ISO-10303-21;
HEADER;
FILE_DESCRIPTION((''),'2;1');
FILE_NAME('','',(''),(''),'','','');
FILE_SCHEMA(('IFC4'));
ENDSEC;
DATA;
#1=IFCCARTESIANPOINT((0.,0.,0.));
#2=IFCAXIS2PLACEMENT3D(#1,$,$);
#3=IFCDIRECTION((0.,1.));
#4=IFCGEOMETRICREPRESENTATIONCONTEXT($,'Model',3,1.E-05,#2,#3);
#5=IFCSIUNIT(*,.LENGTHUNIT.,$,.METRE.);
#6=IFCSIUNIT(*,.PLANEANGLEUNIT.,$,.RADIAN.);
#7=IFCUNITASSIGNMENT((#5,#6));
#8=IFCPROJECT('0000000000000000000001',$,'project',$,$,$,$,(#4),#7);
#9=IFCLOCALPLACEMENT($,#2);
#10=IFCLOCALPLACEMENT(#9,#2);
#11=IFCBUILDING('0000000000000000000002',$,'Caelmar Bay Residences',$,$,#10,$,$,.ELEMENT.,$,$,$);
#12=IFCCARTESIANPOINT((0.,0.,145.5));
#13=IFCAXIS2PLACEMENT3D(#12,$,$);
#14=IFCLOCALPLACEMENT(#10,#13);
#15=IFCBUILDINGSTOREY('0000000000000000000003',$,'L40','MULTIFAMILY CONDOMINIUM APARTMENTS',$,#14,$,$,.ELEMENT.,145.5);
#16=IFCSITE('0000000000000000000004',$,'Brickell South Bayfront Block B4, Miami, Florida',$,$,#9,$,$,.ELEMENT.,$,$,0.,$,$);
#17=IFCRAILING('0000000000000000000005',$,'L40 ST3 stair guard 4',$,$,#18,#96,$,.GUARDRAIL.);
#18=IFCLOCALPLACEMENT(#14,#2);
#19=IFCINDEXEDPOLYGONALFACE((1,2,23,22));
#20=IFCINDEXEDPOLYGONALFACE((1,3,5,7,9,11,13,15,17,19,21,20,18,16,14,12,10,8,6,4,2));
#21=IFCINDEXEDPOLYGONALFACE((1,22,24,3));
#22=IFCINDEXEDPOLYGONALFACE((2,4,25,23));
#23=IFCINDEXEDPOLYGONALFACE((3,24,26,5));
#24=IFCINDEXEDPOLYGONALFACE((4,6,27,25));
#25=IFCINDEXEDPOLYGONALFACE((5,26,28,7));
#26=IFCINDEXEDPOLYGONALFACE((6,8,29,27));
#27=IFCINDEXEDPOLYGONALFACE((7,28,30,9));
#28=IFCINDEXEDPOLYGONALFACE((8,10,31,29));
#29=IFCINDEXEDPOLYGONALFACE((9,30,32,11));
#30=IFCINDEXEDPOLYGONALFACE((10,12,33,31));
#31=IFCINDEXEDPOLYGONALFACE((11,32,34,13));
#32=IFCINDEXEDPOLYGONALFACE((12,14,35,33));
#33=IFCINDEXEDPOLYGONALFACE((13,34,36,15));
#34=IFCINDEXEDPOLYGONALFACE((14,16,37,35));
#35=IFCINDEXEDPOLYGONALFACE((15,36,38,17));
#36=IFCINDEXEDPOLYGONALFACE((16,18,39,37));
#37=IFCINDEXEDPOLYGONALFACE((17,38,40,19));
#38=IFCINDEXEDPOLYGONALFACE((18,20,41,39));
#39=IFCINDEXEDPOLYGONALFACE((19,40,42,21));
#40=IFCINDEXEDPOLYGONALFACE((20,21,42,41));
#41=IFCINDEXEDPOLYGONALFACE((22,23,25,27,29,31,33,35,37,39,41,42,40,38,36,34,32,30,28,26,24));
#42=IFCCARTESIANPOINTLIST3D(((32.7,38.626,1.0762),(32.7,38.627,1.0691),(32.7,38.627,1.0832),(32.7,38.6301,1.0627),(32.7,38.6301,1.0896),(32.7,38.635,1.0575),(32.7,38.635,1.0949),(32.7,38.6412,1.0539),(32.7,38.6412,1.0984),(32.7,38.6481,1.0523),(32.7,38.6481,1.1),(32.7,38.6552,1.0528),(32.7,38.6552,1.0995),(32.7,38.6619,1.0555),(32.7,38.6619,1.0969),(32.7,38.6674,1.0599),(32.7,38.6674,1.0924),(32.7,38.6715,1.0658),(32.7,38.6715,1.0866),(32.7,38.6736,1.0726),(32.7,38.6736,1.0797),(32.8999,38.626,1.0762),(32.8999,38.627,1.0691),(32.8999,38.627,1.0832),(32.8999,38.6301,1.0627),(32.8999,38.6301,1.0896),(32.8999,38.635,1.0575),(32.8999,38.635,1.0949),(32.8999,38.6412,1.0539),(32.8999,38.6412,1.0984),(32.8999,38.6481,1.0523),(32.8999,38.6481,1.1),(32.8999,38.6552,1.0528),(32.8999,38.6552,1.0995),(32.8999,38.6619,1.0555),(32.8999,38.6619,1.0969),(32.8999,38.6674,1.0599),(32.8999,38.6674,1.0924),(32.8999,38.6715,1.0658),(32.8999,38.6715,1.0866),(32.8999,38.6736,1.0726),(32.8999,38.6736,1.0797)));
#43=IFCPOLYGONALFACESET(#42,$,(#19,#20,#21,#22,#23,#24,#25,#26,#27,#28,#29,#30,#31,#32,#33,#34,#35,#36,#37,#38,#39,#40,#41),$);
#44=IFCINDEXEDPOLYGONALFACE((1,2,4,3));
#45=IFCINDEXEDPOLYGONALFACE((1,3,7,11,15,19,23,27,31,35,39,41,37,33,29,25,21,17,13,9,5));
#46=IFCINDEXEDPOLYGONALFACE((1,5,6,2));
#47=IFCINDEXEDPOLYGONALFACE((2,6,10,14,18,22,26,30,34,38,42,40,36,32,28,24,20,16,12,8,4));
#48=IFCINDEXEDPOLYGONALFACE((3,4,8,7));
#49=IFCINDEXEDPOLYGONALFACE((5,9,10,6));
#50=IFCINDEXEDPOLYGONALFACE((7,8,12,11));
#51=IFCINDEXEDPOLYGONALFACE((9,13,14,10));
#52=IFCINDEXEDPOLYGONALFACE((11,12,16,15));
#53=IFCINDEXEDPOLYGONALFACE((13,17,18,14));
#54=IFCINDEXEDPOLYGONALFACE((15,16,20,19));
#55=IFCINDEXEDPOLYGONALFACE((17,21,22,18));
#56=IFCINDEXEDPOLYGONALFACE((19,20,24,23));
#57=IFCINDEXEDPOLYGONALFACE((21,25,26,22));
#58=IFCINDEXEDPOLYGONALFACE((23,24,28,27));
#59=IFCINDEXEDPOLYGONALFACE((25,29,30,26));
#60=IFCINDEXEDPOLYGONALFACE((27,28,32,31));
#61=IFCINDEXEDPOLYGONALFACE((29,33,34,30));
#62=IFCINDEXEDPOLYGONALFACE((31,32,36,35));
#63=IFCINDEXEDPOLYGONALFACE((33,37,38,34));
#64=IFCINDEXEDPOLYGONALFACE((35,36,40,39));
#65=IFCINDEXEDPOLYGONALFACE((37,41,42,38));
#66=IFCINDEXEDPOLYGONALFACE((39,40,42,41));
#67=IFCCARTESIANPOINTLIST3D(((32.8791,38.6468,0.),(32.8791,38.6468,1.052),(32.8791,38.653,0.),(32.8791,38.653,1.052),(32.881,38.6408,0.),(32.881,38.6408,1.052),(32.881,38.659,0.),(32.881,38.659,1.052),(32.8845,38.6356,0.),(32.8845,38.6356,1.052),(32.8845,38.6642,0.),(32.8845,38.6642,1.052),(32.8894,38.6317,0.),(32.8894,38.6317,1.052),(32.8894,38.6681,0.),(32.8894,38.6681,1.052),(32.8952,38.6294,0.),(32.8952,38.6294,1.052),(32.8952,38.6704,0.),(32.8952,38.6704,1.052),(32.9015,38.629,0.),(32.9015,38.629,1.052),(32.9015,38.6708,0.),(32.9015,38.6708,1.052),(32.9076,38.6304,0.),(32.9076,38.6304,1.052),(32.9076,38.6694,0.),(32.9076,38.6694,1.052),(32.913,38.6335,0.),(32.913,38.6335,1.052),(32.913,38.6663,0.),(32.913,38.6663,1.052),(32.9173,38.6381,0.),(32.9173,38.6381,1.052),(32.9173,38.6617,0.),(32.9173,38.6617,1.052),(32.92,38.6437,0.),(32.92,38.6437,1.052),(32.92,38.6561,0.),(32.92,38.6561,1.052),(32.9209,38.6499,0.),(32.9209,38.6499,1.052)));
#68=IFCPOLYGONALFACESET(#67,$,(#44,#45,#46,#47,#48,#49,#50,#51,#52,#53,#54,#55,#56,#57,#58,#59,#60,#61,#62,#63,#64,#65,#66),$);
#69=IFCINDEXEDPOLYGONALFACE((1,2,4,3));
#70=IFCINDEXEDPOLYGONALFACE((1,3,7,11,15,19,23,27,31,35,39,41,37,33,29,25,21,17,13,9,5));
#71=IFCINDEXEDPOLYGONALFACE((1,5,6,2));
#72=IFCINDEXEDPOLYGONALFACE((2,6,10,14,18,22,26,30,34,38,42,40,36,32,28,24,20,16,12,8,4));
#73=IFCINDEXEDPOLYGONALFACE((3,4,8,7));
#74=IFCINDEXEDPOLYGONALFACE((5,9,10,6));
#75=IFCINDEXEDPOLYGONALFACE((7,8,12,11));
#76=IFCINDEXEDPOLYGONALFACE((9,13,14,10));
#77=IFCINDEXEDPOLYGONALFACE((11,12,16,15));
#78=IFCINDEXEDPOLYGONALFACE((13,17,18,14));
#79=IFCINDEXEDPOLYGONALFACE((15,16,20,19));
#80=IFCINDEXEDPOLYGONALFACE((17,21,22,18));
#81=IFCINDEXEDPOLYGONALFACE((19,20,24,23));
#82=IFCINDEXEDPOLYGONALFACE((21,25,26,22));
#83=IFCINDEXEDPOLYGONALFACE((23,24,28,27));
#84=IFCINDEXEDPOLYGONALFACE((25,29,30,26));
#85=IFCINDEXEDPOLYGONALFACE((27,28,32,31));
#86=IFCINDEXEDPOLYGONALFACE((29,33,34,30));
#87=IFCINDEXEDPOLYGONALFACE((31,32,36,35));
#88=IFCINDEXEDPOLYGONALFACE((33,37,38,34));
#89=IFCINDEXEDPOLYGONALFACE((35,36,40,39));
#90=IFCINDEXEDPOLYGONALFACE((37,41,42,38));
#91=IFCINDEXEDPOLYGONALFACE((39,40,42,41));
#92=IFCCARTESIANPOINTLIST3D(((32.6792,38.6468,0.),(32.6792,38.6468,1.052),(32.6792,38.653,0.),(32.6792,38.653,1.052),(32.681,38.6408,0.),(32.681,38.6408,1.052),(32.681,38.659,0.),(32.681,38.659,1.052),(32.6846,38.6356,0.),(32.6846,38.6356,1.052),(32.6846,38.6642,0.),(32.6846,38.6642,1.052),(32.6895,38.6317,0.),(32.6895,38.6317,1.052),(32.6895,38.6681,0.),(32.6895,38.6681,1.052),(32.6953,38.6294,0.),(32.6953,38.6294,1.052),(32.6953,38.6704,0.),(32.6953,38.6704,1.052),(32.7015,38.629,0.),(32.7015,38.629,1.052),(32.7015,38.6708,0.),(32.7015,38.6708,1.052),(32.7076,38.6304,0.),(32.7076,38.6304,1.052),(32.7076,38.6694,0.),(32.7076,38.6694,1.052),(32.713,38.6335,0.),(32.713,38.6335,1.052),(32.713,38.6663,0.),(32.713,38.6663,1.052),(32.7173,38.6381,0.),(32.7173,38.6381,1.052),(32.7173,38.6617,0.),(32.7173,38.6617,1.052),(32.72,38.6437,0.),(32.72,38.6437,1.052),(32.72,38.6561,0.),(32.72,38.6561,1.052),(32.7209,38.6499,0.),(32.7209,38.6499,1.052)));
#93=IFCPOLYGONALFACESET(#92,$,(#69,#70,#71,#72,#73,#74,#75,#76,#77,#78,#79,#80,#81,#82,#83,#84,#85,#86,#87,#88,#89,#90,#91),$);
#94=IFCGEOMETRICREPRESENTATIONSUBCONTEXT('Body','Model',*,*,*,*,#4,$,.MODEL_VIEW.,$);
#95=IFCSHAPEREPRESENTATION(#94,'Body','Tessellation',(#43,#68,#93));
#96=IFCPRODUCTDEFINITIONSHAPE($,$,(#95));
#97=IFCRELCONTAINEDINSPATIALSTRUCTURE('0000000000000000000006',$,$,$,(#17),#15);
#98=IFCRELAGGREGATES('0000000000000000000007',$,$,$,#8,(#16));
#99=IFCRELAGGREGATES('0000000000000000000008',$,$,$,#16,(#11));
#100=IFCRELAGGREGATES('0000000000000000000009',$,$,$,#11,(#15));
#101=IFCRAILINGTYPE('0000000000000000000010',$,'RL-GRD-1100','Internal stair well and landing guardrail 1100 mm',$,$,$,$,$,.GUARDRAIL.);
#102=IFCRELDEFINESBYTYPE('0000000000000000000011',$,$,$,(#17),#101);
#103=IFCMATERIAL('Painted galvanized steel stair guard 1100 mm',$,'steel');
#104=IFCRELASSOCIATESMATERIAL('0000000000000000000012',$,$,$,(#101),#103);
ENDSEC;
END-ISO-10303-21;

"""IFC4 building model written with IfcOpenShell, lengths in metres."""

from ifc_helpers import new_model, si_unit, direction, frame, origin, origin_2d, place, context, subcontext, project, spatial, circle, extrude, material, type_object, element, save


model = new_model("IFC4")

# Units and contexts
model_context = context("Model", 3, precision=1e-05, world=origin(), true_north=direction((0.0, 1.0)))
body_context = subcontext(model_context, "Body", "Model", "MODEL_VIEW")
ifc_project = project(units=[si_unit("LENGTHUNIT", "METRE"), si_unit("PLANEANGLEUNIT", "RADIAN")], contexts=[model_context])

# Site, building, storey
site_placement = place(None, origin())
site = spatial("IfcSite", under=ifc_project, at=site_placement, Name="Brickell South Bayfront Block B4, Miami, Florida", CompositionType="ELEMENT", RefElevation=0.0)
building_placement = place(site_placement, origin())
building = spatial("IfcBuilding", under=site, at=building_placement, Name="Caelmar Bay Residences", CompositionType="ELEMENT")
storey_placement = place(building_placement, frame((0.0, 0.0, 145.5)))
storey = spatial("IfcBuildingStorey", under=building, at=storey_placement, Name="L40", Description="MULTIFAMILY CONDOMINIUM APARTMENTS", CompositionType="ELEMENT", Elevation=145.5)

# Railing
ifc_material_1 = material(Name="Painted galvanized steel stair guard 1100 mm", Category="steel")
railing_type_1 = type_object("IfcRailingType", Name="RL-GRD-1100", Description="Internal stair well and landing guardrail 1100 mm", PredefinedType="GUARDRAIL", material=ifc_material_1)
railing_1_placement = place(storey_placement, frame((32.8999, 38.6499, 0.0)))
element("IfcRailing", 1, at=railing_1_placement, inside=storey, type_object=railing_type_1, Name="L40 ST3 stair guard 4", PredefinedType="GUARDRAIL", context=body_context, shape_type="SweptSolid", body=[
    extrude(circle(Radius=0.0239, at=origin_2d()), frame((0.0, 0.0, 1.0762), z_axis=(-1.0, 0.0, 0.0), x_axis=(0.0, -1.0, 0.0)), (0.0, 0.0, 1.0), 0.2),
    extrude(circle(Radius=0.021, at=origin_2d()), origin(), (0.0, 0.0, 1.0), 1.052),
    extrude(circle(Radius=0.021, at=origin_2d()), frame((-0.2, 0.0, 0.0)), (0.0, 0.0, 1.0), 1.052),
])

save(model, "model.ifc")
